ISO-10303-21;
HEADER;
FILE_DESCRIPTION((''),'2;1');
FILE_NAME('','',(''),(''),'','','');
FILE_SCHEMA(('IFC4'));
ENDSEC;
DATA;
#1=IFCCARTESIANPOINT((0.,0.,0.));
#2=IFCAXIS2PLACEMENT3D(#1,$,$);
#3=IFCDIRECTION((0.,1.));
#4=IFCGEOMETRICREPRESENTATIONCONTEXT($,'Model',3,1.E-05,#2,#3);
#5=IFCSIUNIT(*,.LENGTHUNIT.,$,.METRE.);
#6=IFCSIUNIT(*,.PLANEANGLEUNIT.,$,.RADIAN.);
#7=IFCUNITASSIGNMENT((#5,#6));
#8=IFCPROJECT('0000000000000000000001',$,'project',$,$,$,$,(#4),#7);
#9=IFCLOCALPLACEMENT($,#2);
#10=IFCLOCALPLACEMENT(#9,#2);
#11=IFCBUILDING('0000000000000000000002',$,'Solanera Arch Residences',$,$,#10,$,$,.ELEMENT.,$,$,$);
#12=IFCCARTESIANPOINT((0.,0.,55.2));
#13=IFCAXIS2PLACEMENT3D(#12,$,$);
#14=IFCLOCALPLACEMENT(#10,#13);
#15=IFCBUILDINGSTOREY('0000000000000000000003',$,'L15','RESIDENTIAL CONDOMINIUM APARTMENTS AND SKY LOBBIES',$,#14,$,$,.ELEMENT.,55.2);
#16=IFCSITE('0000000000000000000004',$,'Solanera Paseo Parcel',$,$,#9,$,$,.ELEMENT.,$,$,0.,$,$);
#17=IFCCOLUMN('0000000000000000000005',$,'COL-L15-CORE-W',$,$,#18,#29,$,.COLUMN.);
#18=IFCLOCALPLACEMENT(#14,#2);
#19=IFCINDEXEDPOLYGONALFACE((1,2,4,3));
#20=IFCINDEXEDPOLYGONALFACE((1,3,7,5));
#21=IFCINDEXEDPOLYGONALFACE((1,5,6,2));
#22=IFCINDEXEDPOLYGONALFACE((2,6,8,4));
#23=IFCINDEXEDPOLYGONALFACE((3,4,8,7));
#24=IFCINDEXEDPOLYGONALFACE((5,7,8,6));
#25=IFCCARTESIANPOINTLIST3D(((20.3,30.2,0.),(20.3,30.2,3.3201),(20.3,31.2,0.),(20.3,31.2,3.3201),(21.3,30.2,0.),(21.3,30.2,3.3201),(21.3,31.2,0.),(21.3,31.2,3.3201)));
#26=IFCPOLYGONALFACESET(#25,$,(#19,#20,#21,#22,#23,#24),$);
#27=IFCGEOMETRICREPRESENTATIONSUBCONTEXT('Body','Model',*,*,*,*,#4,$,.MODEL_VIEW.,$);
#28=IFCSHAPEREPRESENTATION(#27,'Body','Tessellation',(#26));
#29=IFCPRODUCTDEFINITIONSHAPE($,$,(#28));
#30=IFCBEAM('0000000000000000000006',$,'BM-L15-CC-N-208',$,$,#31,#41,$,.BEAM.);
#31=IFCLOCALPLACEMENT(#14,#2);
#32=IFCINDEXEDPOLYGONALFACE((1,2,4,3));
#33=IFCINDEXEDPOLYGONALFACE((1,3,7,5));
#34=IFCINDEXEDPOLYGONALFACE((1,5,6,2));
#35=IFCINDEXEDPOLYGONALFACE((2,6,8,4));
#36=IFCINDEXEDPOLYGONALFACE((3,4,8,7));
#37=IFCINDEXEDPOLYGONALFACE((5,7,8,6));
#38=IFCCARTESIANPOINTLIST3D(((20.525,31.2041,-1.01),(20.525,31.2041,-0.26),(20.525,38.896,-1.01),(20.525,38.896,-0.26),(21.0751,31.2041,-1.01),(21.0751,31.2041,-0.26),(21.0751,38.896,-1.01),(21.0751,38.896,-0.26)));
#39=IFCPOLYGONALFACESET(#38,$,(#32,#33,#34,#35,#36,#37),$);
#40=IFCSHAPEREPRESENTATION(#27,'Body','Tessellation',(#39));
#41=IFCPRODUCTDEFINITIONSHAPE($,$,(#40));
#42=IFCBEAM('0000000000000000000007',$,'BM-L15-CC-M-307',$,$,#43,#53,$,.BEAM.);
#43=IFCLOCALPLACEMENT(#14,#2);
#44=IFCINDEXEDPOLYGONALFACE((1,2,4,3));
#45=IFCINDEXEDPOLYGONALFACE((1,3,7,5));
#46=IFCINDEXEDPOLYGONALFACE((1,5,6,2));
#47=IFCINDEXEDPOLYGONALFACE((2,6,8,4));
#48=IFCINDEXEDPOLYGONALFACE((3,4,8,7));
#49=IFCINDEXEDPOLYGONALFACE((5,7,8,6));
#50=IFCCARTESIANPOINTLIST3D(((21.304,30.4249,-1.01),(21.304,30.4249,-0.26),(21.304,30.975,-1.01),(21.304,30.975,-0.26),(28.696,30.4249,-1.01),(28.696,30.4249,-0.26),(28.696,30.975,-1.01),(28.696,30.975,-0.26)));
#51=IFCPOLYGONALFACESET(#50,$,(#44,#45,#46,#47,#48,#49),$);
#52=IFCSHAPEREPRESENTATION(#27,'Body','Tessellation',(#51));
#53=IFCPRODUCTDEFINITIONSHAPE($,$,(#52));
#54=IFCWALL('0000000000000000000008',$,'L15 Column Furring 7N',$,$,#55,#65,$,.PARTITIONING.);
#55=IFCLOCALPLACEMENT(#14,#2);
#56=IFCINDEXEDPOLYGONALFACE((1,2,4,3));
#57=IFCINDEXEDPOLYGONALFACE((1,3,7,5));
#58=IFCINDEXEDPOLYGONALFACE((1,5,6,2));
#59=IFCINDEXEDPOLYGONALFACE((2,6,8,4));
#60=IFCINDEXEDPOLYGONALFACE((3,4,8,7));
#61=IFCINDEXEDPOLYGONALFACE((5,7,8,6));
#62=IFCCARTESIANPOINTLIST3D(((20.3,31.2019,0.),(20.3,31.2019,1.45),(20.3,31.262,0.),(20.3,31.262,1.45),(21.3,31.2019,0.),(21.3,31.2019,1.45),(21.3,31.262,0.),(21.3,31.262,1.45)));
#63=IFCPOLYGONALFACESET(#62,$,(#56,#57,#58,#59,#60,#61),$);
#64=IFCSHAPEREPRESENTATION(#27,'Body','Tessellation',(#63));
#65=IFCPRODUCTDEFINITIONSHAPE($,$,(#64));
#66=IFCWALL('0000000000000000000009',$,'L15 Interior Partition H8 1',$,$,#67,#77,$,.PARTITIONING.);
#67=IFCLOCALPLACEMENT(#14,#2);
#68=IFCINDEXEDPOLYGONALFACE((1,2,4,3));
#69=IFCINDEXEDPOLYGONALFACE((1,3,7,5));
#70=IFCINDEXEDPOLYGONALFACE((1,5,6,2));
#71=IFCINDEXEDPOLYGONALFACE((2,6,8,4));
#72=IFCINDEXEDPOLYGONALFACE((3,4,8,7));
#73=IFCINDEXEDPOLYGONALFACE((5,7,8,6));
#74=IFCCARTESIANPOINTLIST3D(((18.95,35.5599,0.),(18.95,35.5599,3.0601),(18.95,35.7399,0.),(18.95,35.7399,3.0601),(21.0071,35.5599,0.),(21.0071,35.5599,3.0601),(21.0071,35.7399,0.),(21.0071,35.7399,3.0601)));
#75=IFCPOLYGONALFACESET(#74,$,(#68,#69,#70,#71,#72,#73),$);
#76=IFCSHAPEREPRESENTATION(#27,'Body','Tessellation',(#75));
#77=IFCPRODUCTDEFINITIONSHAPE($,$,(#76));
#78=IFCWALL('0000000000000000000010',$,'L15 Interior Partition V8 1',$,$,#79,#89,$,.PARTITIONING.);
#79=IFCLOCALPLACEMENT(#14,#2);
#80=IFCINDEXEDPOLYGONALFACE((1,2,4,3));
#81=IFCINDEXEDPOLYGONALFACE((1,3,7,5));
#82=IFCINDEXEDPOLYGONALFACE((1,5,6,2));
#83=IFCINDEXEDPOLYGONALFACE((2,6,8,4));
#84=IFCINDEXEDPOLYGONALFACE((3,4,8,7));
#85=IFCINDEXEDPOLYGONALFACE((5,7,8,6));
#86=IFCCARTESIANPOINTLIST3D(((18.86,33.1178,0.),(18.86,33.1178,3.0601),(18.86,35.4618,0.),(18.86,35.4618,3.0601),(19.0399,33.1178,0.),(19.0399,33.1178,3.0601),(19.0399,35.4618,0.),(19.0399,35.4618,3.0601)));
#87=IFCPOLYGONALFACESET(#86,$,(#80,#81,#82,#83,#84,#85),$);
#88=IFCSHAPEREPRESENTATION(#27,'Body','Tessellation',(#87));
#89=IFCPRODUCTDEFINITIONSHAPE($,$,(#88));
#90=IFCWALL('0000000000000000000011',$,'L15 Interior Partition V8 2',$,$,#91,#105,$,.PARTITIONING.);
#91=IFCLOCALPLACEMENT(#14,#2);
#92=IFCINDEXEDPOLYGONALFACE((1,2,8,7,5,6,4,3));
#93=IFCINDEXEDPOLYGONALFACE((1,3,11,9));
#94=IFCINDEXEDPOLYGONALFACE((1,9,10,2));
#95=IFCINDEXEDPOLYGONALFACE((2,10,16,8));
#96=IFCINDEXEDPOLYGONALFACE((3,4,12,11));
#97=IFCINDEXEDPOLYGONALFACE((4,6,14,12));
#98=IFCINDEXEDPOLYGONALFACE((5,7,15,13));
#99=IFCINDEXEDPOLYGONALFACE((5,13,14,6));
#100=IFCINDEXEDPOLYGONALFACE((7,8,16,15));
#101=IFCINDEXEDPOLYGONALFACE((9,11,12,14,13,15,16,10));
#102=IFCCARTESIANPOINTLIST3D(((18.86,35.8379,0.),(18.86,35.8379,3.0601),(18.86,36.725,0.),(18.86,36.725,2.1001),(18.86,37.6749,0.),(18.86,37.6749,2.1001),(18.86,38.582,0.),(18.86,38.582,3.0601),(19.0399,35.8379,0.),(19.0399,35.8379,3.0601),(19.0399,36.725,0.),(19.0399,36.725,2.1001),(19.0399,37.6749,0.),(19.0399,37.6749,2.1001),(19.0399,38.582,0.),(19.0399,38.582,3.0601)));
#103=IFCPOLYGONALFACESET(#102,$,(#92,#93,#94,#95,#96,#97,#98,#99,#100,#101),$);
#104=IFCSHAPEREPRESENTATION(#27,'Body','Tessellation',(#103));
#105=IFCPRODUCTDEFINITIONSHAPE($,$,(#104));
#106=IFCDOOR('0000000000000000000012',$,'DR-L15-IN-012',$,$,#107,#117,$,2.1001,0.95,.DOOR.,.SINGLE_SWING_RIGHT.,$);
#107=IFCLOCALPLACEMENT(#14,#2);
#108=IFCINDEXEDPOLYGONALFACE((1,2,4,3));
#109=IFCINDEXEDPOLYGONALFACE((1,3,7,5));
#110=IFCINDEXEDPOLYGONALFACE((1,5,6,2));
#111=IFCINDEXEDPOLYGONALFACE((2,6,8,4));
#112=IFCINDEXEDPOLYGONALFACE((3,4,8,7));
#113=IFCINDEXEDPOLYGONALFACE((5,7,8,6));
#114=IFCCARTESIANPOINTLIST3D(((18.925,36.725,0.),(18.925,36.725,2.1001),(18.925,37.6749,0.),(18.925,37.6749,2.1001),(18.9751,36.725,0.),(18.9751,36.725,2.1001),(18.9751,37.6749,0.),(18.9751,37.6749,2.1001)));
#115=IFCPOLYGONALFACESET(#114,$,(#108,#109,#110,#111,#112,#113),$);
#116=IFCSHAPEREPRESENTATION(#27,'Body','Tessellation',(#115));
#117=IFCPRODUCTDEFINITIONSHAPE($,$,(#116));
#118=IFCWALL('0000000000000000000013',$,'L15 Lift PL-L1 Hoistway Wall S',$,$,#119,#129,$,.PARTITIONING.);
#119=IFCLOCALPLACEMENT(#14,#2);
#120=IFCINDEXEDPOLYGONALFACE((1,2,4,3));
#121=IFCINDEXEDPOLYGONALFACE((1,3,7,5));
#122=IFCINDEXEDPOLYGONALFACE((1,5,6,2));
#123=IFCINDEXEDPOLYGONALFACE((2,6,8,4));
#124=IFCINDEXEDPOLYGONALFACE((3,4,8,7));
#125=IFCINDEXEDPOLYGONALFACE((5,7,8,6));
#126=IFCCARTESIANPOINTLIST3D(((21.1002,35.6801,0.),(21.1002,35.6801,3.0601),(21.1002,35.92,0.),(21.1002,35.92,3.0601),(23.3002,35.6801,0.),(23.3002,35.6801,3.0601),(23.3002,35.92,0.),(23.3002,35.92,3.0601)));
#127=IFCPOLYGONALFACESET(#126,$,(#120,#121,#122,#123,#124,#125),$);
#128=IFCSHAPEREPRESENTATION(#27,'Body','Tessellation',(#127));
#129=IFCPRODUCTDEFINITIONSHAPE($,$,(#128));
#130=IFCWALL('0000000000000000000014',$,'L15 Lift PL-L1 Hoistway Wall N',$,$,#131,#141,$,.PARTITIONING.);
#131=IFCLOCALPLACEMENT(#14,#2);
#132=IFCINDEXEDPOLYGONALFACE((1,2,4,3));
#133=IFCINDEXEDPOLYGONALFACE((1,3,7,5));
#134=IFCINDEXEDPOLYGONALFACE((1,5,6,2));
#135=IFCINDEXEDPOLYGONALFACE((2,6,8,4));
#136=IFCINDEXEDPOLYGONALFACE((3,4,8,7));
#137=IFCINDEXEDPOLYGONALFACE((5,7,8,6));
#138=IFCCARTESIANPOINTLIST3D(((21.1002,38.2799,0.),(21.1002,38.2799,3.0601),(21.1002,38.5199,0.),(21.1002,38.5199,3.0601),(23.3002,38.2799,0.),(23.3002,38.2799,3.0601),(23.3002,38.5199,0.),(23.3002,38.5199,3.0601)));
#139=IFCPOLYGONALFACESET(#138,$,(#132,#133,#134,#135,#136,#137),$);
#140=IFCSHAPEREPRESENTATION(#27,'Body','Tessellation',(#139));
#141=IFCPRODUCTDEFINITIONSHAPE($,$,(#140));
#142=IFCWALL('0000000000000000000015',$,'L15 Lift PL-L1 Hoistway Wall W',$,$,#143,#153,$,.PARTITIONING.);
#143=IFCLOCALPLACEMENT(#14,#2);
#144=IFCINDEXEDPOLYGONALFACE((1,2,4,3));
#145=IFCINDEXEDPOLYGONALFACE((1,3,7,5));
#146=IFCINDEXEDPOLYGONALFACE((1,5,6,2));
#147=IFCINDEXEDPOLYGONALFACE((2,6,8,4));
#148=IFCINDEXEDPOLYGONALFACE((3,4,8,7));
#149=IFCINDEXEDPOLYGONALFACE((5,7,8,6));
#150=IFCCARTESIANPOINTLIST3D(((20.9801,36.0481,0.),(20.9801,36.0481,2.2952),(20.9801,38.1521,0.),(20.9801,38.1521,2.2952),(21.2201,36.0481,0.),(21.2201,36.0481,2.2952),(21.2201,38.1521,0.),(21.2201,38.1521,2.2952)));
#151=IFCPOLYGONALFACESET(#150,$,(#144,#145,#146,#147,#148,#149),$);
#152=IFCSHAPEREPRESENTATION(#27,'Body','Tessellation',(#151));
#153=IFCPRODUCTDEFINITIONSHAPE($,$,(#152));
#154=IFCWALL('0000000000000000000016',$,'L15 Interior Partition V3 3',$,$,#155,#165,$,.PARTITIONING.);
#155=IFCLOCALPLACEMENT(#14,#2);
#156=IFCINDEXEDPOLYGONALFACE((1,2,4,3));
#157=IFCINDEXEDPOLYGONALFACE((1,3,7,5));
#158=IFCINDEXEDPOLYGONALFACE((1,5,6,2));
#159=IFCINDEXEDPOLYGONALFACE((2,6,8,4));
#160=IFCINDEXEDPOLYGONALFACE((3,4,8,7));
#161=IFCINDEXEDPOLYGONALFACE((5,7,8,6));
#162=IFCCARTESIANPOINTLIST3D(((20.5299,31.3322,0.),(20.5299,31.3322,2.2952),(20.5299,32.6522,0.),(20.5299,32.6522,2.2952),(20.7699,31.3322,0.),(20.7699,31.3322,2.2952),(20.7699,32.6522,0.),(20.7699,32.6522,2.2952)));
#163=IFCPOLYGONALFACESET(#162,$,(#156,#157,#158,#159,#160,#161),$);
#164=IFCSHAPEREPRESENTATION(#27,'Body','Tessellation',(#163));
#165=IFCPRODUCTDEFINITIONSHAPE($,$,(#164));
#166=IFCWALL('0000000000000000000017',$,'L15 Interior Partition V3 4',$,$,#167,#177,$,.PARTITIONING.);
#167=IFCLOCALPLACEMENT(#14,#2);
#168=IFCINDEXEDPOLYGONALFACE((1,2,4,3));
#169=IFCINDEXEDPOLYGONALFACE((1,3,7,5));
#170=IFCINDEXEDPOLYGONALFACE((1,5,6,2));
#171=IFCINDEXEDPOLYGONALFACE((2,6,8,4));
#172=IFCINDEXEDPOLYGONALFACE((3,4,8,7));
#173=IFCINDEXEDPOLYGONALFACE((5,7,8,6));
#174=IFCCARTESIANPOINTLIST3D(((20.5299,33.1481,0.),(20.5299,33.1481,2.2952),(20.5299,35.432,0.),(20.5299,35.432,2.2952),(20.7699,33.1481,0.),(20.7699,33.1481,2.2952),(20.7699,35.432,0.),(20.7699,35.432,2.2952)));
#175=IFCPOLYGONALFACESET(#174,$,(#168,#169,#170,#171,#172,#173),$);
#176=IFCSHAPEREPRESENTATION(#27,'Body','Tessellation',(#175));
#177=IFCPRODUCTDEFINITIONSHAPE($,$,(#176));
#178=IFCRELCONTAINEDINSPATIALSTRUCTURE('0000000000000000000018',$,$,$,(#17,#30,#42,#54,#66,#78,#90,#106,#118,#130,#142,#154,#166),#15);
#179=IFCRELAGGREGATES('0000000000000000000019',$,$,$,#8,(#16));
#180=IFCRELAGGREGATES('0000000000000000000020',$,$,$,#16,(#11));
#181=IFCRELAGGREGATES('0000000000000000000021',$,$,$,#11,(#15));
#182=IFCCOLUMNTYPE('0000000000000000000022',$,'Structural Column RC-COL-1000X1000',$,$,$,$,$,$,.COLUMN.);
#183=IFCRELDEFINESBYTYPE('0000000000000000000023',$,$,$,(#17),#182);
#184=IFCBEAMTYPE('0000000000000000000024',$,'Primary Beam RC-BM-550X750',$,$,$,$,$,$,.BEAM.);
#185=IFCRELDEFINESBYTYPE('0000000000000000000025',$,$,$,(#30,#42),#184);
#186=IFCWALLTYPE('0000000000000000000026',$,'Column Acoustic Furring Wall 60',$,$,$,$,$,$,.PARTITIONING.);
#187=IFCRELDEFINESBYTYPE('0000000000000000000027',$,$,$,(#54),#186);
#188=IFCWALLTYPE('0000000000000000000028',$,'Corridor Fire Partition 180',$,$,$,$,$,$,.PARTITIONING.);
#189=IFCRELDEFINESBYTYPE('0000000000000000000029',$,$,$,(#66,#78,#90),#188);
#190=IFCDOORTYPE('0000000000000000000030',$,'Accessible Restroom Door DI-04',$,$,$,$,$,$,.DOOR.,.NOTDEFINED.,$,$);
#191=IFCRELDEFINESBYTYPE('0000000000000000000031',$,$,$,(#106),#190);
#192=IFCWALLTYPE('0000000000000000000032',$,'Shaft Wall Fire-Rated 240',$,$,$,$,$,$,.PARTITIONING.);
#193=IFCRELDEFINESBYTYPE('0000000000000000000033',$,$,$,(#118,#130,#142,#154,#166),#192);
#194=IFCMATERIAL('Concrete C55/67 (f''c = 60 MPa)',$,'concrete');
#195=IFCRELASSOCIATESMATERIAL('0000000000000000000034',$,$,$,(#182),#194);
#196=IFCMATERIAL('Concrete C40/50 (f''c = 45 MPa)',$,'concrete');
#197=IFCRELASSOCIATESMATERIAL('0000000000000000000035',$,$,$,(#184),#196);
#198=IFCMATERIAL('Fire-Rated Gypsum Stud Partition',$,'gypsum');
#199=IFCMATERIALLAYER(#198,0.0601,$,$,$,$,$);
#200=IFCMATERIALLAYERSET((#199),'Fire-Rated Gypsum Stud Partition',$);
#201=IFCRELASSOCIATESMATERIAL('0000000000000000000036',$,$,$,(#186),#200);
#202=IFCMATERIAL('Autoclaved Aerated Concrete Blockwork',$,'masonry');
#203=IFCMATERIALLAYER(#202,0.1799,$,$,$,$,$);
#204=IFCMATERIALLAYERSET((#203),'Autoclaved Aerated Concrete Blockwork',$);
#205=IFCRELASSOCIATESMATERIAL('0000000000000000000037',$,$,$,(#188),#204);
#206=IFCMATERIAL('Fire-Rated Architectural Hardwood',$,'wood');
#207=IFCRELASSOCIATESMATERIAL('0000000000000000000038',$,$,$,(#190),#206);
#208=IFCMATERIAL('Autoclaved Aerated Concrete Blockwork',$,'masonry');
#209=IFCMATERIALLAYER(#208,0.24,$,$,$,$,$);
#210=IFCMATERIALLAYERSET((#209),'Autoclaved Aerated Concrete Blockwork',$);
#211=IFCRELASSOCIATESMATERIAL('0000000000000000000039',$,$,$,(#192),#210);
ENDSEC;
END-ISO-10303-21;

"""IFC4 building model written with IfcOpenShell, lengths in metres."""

from ifc_helpers import new_model, si_unit, direction, frame, frame_2d, origin, origin_2d, place, context, subcontext, project, spatial, rectangle, extrude, material, layer, layer_set, material_profile, profile_set, type_object, element, fill, save


model = new_model("IFC4")

# Units and contexts
model_context = context("Model", 3, precision=1e-05, world=origin(), true_north=direction((0.0, 1.0)))
body_context = subcontext(model_context, "Body", "Model", "MODEL_VIEW")
ifc_project = project(units=[si_unit("LENGTHUNIT", "METRE"), si_unit("PLANEANGLEUNIT", "RADIAN")], contexts=[model_context])

# Site, building, storey
site_placement = place(None, origin())
site = spatial("IfcSite", under=ifc_project, at=site_placement, Name="Solanera Paseo Parcel", CompositionType="ELEMENT", RefElevation=0.0)
building_placement = place(site_placement, origin())
building = spatial("IfcBuilding", under=site, at=building_placement, Name="Solanera Arch Residences", CompositionType="ELEMENT")
storey_placement = place(building_placement, frame((0.0, 0.0, 55.2)))
storey = spatial("IfcBuildingStorey", under=building, at=storey_placement, Name="L15", Description="RESIDENTIAL CONDOMINIUM APARTMENTS AND SKY LOBBIES", CompositionType="ELEMENT", Elevation=55.2)

# Column
ifc_material_1 = material(Name="Concrete C55/67 (f'c = 60 MPa)", Category="concrete")
ifc_material_profile_1 = material_profile(ifc_material_1, rectangle(XDim=1.0, YDim=1.0, at=origin_2d()))
ifc_profile_set_1 = profile_set([ifc_material_profile_1], Name="Concrete C55/67 (f'c = 60 MPa)")
column_type = type_object("IfcColumnType", Name="Structural Column RC-COL-1000X1000", PredefinedType="COLUMN", material=ifc_profile_set_1)
column_placement = place(storey_placement, frame((20.8, 30.7, 0.0), z_axis=(0.0, 0.0, 1.0), x_axis=(1.0, 0.0, 0.0)))
element("IfcColumn", 1, at=column_placement, inside=storey, type_object=column_type, Name="COL-L15-CORE-W", PredefinedType="COLUMN", context=body_context, shape_type="SweptSolid", body=[
    extrude(rectangle(XDim=1.0, YDim=1.0, at=origin_2d()), origin(), (0.0, 0.0, 1.0), 3.3201),
])

# Beams
ifc_material_2 = material(Name="Concrete C40/50 (f'c = 45 MPa)", Category="concrete")
ifc_material_profile_2 = material_profile(ifc_material_2, rectangle(XDim=0.55, YDim=0.75, at=origin_2d()))
ifc_profile_set_2 = profile_set([ifc_material_profile_2], Name="Concrete C40/50 (f'c = 45 MPa)")
beam_type = type_object("IfcBeamType", Name="Primary Beam RC-BM-550X750", PredefinedType="BEAM", material=ifc_profile_set_2)
beam_1_placement = place(storey_placement, frame((20.8, 31.2041, -0.635), z_axis=(0.0, 1.0, 0.0), x_axis=(-1.0, 0.0, 0.0)))
element("IfcBeam", 2, at=beam_1_placement, inside=storey, type_object=beam_type, Name="BM-L15-CC-N-208", PredefinedType="BEAM", context=body_context, shape_type="SweptSolid", body=[
    extrude(rectangle(XDim=0.55, YDim=0.75, at=origin_2d()), origin(), (0.0, 0.0, 1.0), 7.6919),
])
beam_2_placement = place(storey_placement, frame((21.304, 30.7, -0.635), z_axis=(1.0, 0.0, 0.0), x_axis=(0.0, 1.0, 0.0)))
element("IfcBeam", 3, at=beam_2_placement, inside=storey, type_object=beam_type, Name="BM-L15-CC-M-307", PredefinedType="BEAM", context=body_context, shape_type="SweptSolid", body=[
    extrude(rectangle(XDim=0.55, YDim=0.75, at=origin_2d()), origin(), (0.0, 0.0, 1.0), 7.3921),
])

# Wall
ifc_material_3 = material(Name="Fire-Rated Gypsum Stud Partition", Category="gypsum")
ifc_layer_1 = layer(ifc_material_3, 0.0601)
ifc_layer_set_1 = layer_set([ifc_layer_1], Name="Fire-Rated Gypsum Stud Partition")
wall_type_1 = type_object("IfcWallType", Name="Column Acoustic Furring Wall 60", PredefinedType="PARTITIONING", material=ifc_layer_set_1)
wall_1_placement = place(storey_placement, frame((20.3, 31.2319, 0.0), z_axis=(0.0, 0.0, 1.0), x_axis=(1.0, 0.0, 0.0)))
element("IfcWall", 4, at=wall_1_placement, inside=storey, type_object=wall_type_1, Name="L15 Column Furring 7N", PredefinedType="PARTITIONING", context=body_context, shape_type="SweptSolid", body=[
    extrude(rectangle(XDim=1.0, YDim=0.0601, at=frame_2d((0.5, 0.0))), origin(), (0.0, 0.0, 1.0), 1.45),
])

# Walls
ifc_material_4 = material(Name="Autoclaved Aerated Concrete Blockwork", Category="masonry")
ifc_layer_2 = layer(ifc_material_4, 0.1799)
ifc_layer_set_2 = layer_set([ifc_layer_2], Name="Autoclaved Aerated Concrete Blockwork")
wall_type_2 = type_object("IfcWallType", Name="Corridor Fire Partition 180", PredefinedType="PARTITIONING", material=ifc_layer_set_2)
wall_2_placement = place(storey_placement, frame((18.95, 35.6499, 0.0), z_axis=(0.0, 0.0, 1.0), x_axis=(1.0, 0.0, 0.0)))
element("IfcWall", 5, at=wall_2_placement, inside=storey, type_object=wall_type_2, Name="L15 Interior Partition H8 1", PredefinedType="PARTITIONING", context=body_context, shape_type="SweptSolid", body=[
    extrude(rectangle(XDim=2.0571, YDim=0.1799, at=frame_2d((1.0286, 0.0))), origin(), (0.0, 0.0, 1.0), 3.0601),
])
wall_3_placement = place(storey_placement, frame((18.95, 33.1179, 0.0), z_axis=(0.0, 0.0, 1.0), x_axis=(0.0, 1.0, 0.0)))
element("IfcWall", 6, at=wall_3_placement, inside=storey, type_object=wall_type_2, Name="L15 Interior Partition V8 1", PredefinedType="PARTITIONING", context=body_context, shape_type="SweptSolid", body=[
    extrude(rectangle(XDim=2.344, YDim=0.1799, at=frame_2d((1.1719, 0.0))), origin(), (0.0, 0.0, 1.0), 3.0601),
])

# Wall, opening, door
wall_4_placement = place(storey_placement, frame((18.95, 35.8379, 0.0), z_axis=(0.0, 0.0, 1.0), x_axis=(0.0, 1.0, 0.0)))
wall_4 = element("IfcWall", 7, at=wall_4_placement, inside=storey, type_object=wall_type_2, Name="L15 Interior Partition V8 2", PredefinedType="PARTITIONING", context=body_context, shape_type="SweptSolid", body=[
    extrude(rectangle(XDim=2.7441, YDim=0.1799, at=frame_2d((1.3721, 0.0))), origin(), (0.0, 0.0, 1.0), 3.0601),
])
opening_1_placement = place(wall_4_placement, frame((0.887, 0.0, 0.0)))
opening_1 = element("IfcOpeningElement", 8, at=opening_1_placement, cuts=wall_4, PredefinedType="OPENING", context=body_context, shape_type="SweptSolid", body=[
    extrude(rectangle(XDim=0.95, YDim=2.1001, at=frame_2d((0.4751, 1.05))), frame((0.0, 0.1001, 0.0), z_axis=(0.0, -1.0, 0.0), x_axis=(1.0, 0.0, 0.0)), (0.0, 0.0, 1.0), 0.1999),
])
ifc_material_5 = material(Name="Fire-Rated Architectural Hardwood", Category="wood")
door_type_1 = type_object("IfcDoorType", Name="Accessible Restroom Door DI-04", OperationType="NOTDEFINED", PredefinedType="DOOR", material=ifc_material_5)
door_1_placement = place(opening_1_placement, origin())
door_1 = element("IfcDoor", 9, at=door_1_placement, inside=storey, type_object=door_type_1, Name="DR-L15-IN-012", OperationType="SINGLE_SWING_RIGHT", OverallHeight=2.1001, OverallWidth=0.95, PredefinedType="DOOR", context=body_context, shape_type="SweptSolid", body=[
    extrude(rectangle(XDim=0.95, YDim=2.1001, at=frame_2d((0.4751, 1.05))), frame((0.0, 0.0249, 0.0), z_axis=(0.0, -1.0, 0.0), x_axis=(1.0, 0.0, 0.0)), (0.0, 0.0, 1.0), 0.05),
])
fill(opening_1, door_1)

# Walls
ifc_material_6 = material(Name="Autoclaved Aerated Concrete Blockwork", Category="masonry")
ifc_layer_3 = layer(ifc_material_6, 0.24)
ifc_layer_set_3 = layer_set([ifc_layer_3], Name="Autoclaved Aerated Concrete Blockwork")
wall_type_3 = type_object("IfcWallType", Name="Shaft Wall Fire-Rated 240", PredefinedType="PARTITIONING", material=ifc_layer_set_3)
for number, where, z_axis, x_axis, name in (
    (10, (21.1001, 35.8, 0.0), (0.0, 0.0, 1.0), (1.0, 0.0, 0.0), "L15 Lift PL-L1 Hoistway Wall S"),
    (11, (21.1001, 38.3999, 0.0), (0.0, 0.0, 1.0), (1.0, 0.0, 0.0), "L15 Lift PL-L1 Hoistway Wall N"),
):
    element("IfcWall", number, at=place(storey_placement, frame(where, z_axis=z_axis, x_axis=x_axis)), inside=storey, type_object=wall_type_3, Name=name, PredefinedType="PARTITIONING", context=body_context, shape_type="SweptSolid", body=[
        extrude(rectangle(XDim=2.2, YDim=0.24, at=frame_2d((1.1001, 0.0))), origin(), (0.0, 0.0, 1.0), 3.0601),
    ])
wall_5_placement = place(storey_placement, frame((21.1001, 36.0481, 0.0), z_axis=(0.0, 0.0, 1.0), x_axis=(0.0, 1.0, 0.0)))
element("IfcWall", 12, at=wall_5_placement, inside=storey, type_object=wall_type_3, Name="L15 Lift PL-L1 Hoistway Wall W", PredefinedType="PARTITIONING", context=body_context, shape_type="SweptSolid", body=[
    extrude(rectangle(XDim=2.104, YDim=0.24, at=frame_2d((1.052, 0.0))), origin(), (0.0, 0.0, 1.0), 2.2952),
])

# Walls
wall_6_placement = place(storey_placement, frame((20.6499, 31.332, 0.0), z_axis=(0.0, 0.0, 1.0), x_axis=(0.0, 1.0, 0.0)))
element("IfcWall", 13, at=wall_6_placement, inside=storey, type_object=wall_type_3, Name="L15 Interior Partition V3 3", PredefinedType="PARTITIONING", context=body_context, shape_type="SweptSolid", body=[
    extrude(rectangle(XDim=1.3201, YDim=0.24, at=frame_2d((0.6602, 0.0))), origin(), (0.0, 0.0, 1.0), 2.2952),
])
wall_7_placement = place(storey_placement, frame((20.6499, 33.1479, 0.0), z_axis=(0.0, 0.0, 1.0), x_axis=(0.0, 1.0, 0.0)))
element("IfcWall", 14, at=wall_7_placement, inside=storey, type_object=wall_type_3, Name="L15 Interior Partition V3 4", PredefinedType="PARTITIONING", context=body_context, shape_type="SweptSolid", body=[
    extrude(rectangle(XDim=2.2839, YDim=0.24, at=frame_2d((1.1421, 0.0))), origin(), (0.0, 0.0, 1.0), 2.2952),
])

save(model, "model.ifc")
